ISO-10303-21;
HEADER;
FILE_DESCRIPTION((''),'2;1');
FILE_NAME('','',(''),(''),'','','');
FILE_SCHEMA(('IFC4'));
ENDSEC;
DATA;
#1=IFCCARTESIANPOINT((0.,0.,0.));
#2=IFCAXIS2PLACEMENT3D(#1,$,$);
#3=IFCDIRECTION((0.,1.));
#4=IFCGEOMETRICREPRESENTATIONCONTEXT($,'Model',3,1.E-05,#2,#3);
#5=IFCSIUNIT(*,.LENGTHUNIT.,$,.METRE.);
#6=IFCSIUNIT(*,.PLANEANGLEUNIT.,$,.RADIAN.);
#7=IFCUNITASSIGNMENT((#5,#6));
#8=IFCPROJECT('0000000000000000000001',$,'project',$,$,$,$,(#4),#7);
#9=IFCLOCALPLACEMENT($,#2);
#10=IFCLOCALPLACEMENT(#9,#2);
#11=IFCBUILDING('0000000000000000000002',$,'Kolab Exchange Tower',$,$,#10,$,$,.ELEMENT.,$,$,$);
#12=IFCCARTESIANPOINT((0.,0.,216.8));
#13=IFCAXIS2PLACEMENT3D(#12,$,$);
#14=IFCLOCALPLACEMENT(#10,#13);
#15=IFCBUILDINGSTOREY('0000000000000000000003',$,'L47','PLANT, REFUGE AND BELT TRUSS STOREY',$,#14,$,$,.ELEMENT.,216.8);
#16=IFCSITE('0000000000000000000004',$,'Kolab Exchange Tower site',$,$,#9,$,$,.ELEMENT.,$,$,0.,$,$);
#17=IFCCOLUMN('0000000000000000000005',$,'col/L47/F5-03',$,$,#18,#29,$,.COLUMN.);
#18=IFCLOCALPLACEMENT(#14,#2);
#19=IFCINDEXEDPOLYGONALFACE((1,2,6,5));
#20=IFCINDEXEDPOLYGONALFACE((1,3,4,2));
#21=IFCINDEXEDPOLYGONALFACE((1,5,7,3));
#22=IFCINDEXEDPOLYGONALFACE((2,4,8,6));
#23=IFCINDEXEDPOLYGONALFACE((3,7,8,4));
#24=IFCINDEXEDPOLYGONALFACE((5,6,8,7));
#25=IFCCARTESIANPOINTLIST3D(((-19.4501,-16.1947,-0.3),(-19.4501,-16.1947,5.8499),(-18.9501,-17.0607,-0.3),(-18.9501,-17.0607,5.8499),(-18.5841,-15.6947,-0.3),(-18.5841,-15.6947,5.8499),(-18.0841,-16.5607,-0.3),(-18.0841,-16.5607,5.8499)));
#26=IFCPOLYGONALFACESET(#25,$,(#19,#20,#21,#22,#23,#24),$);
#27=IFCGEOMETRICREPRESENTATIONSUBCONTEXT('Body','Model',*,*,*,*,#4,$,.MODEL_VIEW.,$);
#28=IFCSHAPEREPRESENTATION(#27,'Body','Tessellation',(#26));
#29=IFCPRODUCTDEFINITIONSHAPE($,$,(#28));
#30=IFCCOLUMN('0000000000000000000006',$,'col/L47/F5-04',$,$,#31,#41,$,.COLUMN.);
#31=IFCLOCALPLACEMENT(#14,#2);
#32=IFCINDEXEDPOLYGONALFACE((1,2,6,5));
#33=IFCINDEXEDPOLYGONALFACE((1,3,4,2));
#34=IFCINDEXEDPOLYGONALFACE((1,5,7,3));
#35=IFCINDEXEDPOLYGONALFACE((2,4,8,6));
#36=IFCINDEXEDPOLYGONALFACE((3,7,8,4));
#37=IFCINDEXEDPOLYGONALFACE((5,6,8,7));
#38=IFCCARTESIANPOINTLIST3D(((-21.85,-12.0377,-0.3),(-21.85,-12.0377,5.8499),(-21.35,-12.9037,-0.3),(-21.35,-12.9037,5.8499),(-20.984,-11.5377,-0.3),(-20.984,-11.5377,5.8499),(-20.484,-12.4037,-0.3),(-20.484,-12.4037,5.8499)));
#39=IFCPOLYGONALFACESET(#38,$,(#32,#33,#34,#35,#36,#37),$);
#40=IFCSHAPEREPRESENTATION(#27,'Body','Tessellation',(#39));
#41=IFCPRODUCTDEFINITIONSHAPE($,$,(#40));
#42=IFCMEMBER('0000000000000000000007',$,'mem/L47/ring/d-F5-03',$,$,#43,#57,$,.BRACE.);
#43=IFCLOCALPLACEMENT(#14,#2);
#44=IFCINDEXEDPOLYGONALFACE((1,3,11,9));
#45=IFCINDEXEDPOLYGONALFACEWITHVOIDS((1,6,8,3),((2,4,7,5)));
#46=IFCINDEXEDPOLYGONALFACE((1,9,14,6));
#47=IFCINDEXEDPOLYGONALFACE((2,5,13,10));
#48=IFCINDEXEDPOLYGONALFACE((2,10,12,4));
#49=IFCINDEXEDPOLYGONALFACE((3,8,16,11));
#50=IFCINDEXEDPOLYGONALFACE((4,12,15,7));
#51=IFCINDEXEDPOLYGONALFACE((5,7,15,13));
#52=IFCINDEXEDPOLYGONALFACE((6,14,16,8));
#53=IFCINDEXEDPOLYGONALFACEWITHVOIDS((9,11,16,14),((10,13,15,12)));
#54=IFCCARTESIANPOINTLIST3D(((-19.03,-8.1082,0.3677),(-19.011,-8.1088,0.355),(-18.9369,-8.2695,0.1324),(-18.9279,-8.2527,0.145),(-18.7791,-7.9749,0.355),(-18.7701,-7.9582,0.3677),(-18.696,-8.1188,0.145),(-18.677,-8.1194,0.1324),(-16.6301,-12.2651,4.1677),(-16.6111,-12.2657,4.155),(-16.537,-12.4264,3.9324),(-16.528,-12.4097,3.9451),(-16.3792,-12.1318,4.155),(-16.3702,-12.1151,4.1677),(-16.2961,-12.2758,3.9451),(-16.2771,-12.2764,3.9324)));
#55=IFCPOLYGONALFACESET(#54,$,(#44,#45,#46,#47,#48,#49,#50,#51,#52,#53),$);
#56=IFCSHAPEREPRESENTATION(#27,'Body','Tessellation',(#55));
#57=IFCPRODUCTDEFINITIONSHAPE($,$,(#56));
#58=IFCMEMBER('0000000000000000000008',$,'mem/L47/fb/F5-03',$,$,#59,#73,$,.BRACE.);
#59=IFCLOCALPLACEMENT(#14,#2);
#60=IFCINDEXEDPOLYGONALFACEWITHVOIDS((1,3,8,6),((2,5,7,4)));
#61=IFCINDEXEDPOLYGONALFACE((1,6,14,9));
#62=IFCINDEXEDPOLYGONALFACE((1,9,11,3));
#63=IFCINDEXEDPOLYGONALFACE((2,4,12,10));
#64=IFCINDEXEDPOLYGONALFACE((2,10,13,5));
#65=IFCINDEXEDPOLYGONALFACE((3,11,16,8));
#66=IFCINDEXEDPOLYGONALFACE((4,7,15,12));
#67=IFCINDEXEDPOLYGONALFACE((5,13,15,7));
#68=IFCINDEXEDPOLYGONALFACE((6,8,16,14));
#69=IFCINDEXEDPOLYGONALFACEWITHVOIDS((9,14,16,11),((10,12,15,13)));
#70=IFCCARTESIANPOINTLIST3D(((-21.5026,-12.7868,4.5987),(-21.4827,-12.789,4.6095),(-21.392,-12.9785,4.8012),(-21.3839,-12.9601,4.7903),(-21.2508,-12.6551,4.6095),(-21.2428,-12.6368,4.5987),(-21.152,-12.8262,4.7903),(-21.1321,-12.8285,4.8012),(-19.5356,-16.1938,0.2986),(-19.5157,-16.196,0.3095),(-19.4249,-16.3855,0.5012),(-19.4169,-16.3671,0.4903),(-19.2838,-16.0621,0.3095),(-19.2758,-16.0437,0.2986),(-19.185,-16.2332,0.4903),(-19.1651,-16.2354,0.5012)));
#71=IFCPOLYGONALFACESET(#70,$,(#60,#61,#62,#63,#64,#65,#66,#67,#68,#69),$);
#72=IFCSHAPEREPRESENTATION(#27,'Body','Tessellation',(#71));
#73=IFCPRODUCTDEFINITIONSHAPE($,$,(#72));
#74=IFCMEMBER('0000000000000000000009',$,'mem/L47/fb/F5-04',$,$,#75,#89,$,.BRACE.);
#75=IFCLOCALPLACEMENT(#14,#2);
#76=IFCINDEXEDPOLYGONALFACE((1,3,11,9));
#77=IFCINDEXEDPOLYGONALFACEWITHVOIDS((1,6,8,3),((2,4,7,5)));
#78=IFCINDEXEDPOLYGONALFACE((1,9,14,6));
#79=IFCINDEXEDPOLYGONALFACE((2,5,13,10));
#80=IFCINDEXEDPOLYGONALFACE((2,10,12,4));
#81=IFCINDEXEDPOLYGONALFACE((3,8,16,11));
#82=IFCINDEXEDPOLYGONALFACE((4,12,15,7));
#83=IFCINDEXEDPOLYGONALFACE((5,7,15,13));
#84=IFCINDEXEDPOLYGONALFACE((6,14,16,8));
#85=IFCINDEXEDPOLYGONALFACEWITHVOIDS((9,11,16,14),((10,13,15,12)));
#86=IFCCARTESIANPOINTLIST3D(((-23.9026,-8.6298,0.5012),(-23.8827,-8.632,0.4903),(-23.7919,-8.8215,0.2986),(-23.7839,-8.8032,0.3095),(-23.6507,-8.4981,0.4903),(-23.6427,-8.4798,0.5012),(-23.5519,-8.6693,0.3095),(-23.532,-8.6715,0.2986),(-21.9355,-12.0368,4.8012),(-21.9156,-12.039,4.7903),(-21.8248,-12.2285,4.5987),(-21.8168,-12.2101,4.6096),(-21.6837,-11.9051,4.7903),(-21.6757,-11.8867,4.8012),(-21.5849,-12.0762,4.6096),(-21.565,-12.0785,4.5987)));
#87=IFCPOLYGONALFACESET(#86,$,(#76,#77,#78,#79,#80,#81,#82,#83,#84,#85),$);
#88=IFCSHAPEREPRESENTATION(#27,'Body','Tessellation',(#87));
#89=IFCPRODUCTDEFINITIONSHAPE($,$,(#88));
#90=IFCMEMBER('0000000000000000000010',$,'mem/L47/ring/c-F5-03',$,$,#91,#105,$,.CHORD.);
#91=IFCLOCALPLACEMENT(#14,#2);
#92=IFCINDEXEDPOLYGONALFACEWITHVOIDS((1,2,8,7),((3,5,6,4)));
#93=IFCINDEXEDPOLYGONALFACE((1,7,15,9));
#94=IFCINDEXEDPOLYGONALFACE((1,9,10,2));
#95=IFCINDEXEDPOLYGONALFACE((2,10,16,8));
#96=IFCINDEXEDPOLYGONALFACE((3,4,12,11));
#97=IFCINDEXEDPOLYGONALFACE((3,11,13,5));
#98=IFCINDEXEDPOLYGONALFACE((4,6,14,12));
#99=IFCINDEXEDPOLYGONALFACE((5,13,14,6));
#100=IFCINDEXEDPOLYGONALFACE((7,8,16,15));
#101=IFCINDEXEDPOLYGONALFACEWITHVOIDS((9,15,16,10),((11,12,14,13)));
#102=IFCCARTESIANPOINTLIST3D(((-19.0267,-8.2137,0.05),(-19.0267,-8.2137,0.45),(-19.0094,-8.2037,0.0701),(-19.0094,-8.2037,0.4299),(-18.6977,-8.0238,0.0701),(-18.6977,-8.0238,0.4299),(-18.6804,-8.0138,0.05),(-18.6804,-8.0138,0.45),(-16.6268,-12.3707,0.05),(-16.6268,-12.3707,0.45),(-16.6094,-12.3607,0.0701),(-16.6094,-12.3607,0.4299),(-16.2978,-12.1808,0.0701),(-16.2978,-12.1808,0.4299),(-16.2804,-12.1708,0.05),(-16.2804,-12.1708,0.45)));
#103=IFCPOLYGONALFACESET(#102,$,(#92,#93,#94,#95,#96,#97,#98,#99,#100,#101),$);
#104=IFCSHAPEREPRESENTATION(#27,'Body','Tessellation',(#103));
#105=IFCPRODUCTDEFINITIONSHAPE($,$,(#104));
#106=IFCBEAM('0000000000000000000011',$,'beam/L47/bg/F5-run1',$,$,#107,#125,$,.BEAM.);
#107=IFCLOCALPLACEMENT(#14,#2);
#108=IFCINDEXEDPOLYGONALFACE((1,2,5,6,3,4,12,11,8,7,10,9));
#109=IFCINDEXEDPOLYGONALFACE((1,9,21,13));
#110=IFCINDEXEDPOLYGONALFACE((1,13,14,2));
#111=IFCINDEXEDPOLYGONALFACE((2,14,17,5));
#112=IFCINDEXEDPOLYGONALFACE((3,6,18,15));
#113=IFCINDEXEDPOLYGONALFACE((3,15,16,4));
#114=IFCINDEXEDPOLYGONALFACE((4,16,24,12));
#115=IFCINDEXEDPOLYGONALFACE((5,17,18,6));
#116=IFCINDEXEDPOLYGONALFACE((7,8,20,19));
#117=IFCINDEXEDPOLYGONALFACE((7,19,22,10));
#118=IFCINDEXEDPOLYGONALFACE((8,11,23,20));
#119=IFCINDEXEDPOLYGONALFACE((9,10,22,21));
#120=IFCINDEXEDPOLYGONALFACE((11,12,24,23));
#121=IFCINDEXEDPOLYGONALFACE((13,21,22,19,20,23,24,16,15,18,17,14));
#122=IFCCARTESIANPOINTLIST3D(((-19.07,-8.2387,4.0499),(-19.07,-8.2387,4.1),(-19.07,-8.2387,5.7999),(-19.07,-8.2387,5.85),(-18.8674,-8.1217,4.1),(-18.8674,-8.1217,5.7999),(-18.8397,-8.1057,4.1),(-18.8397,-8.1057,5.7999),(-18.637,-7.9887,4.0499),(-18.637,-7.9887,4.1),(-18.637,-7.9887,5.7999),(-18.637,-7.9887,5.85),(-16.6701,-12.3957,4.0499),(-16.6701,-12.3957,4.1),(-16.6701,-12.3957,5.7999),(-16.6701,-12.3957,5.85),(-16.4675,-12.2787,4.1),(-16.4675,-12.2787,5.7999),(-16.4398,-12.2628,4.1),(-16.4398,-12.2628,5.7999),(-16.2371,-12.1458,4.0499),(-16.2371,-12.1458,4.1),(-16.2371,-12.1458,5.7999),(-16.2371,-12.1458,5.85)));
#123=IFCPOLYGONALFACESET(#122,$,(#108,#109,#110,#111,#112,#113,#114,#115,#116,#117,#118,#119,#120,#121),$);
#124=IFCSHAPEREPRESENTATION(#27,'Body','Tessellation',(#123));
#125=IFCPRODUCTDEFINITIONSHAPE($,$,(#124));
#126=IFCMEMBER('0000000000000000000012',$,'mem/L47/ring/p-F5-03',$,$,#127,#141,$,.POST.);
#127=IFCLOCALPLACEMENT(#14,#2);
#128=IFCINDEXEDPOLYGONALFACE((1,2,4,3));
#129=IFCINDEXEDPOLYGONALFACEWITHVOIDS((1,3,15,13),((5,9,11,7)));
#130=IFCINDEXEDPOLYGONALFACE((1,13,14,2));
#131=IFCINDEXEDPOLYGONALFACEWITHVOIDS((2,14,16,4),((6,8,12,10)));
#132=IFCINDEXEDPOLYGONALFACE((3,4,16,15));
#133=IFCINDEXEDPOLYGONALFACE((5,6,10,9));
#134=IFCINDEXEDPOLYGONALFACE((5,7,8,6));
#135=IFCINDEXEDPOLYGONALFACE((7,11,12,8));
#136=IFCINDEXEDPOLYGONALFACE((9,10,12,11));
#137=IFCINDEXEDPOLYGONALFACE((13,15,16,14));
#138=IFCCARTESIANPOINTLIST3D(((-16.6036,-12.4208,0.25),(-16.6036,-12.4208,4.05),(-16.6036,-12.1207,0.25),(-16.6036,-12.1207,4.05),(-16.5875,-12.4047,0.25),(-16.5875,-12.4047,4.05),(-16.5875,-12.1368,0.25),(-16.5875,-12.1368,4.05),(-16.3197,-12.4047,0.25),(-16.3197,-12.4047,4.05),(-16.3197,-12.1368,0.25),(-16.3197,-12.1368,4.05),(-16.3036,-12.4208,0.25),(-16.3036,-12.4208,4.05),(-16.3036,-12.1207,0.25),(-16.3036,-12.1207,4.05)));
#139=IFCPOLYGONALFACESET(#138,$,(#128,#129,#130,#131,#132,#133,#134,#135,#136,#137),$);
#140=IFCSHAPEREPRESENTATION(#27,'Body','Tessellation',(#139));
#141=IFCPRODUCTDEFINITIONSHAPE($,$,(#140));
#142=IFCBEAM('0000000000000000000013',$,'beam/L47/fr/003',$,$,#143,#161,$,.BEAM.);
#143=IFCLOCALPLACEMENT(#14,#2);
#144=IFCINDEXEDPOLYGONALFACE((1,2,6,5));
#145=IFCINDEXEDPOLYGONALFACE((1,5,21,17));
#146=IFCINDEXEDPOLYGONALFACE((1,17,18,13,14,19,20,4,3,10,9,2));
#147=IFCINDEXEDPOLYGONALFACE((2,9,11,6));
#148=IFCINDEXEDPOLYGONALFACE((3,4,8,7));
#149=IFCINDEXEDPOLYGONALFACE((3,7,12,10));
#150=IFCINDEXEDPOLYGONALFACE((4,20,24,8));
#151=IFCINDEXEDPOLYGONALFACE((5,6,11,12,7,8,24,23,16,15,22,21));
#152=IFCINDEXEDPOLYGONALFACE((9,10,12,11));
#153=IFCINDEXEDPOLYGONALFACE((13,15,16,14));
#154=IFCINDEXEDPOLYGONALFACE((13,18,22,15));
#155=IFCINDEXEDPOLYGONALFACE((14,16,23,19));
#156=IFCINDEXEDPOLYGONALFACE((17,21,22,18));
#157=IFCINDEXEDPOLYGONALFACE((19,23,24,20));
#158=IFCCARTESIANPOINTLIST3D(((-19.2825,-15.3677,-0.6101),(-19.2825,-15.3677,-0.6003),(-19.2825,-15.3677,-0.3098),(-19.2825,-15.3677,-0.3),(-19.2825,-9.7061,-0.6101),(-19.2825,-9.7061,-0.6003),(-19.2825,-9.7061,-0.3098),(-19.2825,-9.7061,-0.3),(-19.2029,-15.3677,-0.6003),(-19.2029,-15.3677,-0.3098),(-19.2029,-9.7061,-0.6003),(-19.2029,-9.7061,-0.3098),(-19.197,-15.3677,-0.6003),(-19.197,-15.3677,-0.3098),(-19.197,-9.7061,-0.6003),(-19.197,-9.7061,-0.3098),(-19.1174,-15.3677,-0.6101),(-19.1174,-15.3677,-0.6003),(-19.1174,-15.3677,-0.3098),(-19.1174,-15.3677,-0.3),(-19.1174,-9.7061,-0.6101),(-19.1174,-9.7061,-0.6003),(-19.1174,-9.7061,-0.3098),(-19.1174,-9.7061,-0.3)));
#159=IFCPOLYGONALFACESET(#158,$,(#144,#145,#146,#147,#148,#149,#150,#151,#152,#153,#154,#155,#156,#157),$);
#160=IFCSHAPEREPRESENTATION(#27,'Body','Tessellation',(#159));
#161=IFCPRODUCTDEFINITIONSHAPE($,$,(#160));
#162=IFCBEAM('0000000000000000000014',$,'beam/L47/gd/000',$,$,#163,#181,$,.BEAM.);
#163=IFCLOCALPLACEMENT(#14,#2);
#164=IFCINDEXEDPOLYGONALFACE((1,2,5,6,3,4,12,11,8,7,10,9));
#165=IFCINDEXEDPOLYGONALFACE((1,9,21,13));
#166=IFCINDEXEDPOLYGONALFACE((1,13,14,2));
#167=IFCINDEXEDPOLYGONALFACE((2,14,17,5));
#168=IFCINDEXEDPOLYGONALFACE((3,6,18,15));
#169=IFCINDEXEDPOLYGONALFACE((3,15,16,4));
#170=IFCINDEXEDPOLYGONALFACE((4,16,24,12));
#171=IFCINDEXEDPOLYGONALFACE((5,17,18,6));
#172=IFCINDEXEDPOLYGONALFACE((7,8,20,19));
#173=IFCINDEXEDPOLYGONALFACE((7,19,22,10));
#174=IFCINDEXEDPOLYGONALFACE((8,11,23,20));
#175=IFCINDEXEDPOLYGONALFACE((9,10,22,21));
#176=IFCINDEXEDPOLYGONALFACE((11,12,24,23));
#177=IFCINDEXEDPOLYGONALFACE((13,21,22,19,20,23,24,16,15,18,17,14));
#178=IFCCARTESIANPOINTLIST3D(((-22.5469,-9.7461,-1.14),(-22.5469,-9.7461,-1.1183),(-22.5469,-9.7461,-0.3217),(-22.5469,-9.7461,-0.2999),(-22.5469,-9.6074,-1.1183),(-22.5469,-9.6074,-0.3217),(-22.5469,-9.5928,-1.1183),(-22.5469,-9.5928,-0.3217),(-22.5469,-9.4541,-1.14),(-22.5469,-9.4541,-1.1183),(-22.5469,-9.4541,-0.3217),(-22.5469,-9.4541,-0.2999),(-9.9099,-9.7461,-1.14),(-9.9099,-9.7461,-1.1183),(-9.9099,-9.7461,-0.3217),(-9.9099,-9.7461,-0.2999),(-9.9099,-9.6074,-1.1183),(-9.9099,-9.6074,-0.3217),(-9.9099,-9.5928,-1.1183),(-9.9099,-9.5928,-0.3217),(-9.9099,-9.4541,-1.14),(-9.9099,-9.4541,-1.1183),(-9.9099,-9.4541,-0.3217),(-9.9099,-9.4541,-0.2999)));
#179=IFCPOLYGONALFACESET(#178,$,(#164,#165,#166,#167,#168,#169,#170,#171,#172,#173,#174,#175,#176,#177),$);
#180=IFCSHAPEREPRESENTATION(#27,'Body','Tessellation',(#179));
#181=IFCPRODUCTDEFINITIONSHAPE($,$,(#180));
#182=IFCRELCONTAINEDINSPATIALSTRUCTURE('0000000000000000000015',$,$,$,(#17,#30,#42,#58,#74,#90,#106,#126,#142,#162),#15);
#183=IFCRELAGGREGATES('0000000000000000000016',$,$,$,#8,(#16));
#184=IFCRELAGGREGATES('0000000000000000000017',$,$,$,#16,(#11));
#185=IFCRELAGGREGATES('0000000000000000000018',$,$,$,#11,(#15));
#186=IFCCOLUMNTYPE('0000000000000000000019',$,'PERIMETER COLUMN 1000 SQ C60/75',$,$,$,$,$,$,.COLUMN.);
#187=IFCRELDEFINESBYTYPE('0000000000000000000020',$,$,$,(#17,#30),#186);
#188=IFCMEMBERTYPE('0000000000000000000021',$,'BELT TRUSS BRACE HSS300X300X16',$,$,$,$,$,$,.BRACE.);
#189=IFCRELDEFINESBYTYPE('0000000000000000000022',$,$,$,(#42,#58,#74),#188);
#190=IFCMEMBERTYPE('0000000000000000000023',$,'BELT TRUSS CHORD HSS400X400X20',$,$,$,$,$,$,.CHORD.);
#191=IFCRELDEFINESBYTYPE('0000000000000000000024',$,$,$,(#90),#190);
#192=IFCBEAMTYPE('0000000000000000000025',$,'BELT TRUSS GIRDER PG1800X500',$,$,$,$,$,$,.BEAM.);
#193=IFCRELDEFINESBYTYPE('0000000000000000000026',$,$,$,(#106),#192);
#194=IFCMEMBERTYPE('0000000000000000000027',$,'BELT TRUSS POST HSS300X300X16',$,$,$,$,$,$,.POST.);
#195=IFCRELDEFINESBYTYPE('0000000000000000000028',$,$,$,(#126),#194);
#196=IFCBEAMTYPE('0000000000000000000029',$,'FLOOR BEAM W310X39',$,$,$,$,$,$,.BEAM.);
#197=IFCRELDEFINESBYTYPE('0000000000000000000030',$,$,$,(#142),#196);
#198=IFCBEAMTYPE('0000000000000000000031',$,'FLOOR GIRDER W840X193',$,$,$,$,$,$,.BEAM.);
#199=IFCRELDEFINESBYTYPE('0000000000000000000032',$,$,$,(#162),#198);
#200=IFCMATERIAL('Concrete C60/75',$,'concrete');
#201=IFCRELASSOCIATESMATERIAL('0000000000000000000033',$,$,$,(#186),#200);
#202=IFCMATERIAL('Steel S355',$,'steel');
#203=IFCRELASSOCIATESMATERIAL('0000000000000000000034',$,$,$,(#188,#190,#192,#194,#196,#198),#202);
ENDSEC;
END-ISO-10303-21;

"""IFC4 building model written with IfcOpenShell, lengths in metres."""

from ifc_helpers import new_model, si_unit, direction, frame, origin, origin_2d, place, context, subcontext, project, spatial, rectangle, hollow_rectangle, i_section, extrude, material, material_profile, profile_set, type_object, element, save


model = new_model("IFC4")

# Units and contexts
model_context = context("Model", 3, precision=1e-05, world=origin(), true_north=direction((0.0, 1.0)))
body_context = subcontext(model_context, "Body", "Model", "MODEL_VIEW")
ifc_project = project(units=[si_unit("LENGTHUNIT", "METRE"), si_unit("PLANEANGLEUNIT", "RADIAN")], contexts=[model_context])

# Site, building, storey
site_placement = place(None, origin())
site = spatial("IfcSite", under=ifc_project, at=site_placement, Name="Kolab Exchange Tower site", CompositionType="ELEMENT", RefElevation=0.0)
building_placement = place(site_placement, origin())
building = spatial("IfcBuilding", under=site, at=building_placement, Name="Kolab Exchange Tower", CompositionType="ELEMENT")
storey_placement = place(building_placement, frame((0.0, 0.0, 216.8)))
storey = spatial("IfcBuildingStorey", under=building, at=storey_placement, Name="L47", Description="PLANT, REFUGE AND BELT TRUSS STOREY", CompositionType="ELEMENT", Elevation=216.8)

# Columns
ifc_material_1 = material(Name="Concrete C60/75", Category="concrete")
ifc_material_profile_1 = material_profile(ifc_material_1, rectangle(XDim=1.0, YDim=1.0, at=origin_2d()), Name="RC1000")
ifc_profile_set_1 = profile_set([ifc_material_profile_1], Name="Concrete C60/75")
column_type = type_object("IfcColumnType", Name="PERIMETER COLUMN 1000 SQ C60/75", PredefinedType="COLUMN", material=ifc_profile_set_1)
for number, where, z_axis, x_axis, name in (
    (1, (-18.7671, -16.3777, -0.3), (0.0, 0.0, 1.0), (0.866025, 0.5, 0.0), "col/L47/F5-03"),
    (2, (-21.167, -12.2207, -0.3), (0.0, 0.0, 1.0), (0.866025, 0.5, 0.0), "col/L47/F5-04"),
):
    element("IfcColumn", number, at=place(storey_placement, frame(where, z_axis=z_axis, x_axis=x_axis)), inside=storey, type_object=column_type, Name=name, PredefinedType="COLUMN", context=body_context, shape_type="SweptSolid", body=[
        extrude(rectangle(XDim=1.0, YDim=1.0, at=origin_2d()), origin(), (0.0, 0.0, 1.0), 6.1499),
    ])

# Members
ifc_material_2 = material(Name="Steel S355", Category="steel")
ifc_material_profile_2 = material_profile(ifc_material_2, hollow_rectangle(XDim=0.3, YDim=0.3, WallThickness=0.0161, at=origin_2d()), Name="HSS300X300X16")
ifc_profile_set_2 = profile_set([ifc_material_profile_2], Name="Steel S355")
member_type_1 = type_object("IfcMemberType", Name="BELT TRUSS BRACE HSS300X300X16", PredefinedType="BRACE", material=ifc_profile_set_2)
member_1_placement = place(storey_placement, frame((-16.4536, -12.2708, 4.05), z_axis=(-0.392005, 0.67901, -0.620708), x_axis=(-0.866037, -0.499979, 0.0)))
element("IfcMember", 3, at=member_1_placement, inside=storey, type_object=member_type_1, Name="mem/L47/ring/d-F5-03", PredefinedType="BRACE", context=body_context, shape_type="SweptSolid", body=[
    extrude(hollow_rectangle(XDim=0.3, YDim=0.3, WallThickness=0.0161, at=origin_2d()), origin(), (0.0, 0.0, 1.0), 6.1221),
])
for number, where, z_axis, x_axis, name in (
    (4, (-19.3503, -16.2146, 0.3999), (-0.337508, 0.584575, 0.737808), (-0.866023, -0.500004, 0.0), "mem/L47/fb/F5-03"),
    (5, (-21.7502, -12.0576, 4.7), (-0.337508, 0.584575, -0.737808), (-0.866023, -0.500004, 0.0), "mem/L47/fb/F5-04"),
):
    element("IfcMember", number, at=place(storey_placement, frame(where, z_axis=z_axis, x_axis=x_axis)), inside=storey, type_object=member_type_1, Name=name, PredefinedType="BRACE", context=body_context, shape_type="SweptSolid", body=[
        extrude(hollow_rectangle(XDim=0.3, YDim=0.3, WallThickness=0.0161, at=origin_2d()), origin(), (0.0, 0.0, 1.0), 5.8281),
    ])
ifc_material_profile_3 = material_profile(ifc_material_2, hollow_rectangle(XDim=0.3999, YDim=0.3999, WallThickness=0.02, at=origin_2d()), Name="HSS400X400X20")
ifc_profile_set_3 = profile_set([ifc_material_profile_3], Name="Steel S355")
member_type_2 = type_object("IfcMemberType", Name="BELT TRUSS CHORD HSS400X400X20", PredefinedType="CHORD", material=ifc_profile_set_3)
member_2_placement = place(storey_placement, frame((-16.4536, -12.2708, 0.25), z_axis=(-0.499979, 0.866037, 0.0), x_axis=(-0.866037, -0.499979, 0.0)))
element("IfcMember", 6, at=member_2_placement, inside=storey, type_object=member_type_2, Name="mem/L47/ring/c-F5-03", PredefinedType="CHORD", context=body_context, shape_type="SweptSolid", body=[
    extrude(hollow_rectangle(XDim=0.3999, YDim=0.3999, WallThickness=0.02, at=origin_2d()), origin(), (0.0, 0.0, 1.0), 4.8),
])

# Beam
ifc_material_profile_4 = material_profile(ifc_material_2, i_section(OverallWidth=0.5, OverallDepth=1.8, WebThickness=0.032, FlangeThickness=0.05, at=origin_2d()), Name="PG1800X500")
ifc_profile_set_4 = profile_set([ifc_material_profile_4], Name="Steel S355")
beam_type_1 = type_object("IfcBeamType", Name="BELT TRUSS GIRDER PG1800X500", PredefinedType="BEAM", material=ifc_profile_set_4)
beam_1_placement = place(storey_placement, frame((-16.4536, -12.2708, 4.95), z_axis=(-0.499979, 0.866037, 0.0), x_axis=(-0.866037, -0.499979, 0.0)))
element("IfcBeam", 7, at=beam_1_placement, inside=storey, type_object=beam_type_1, Name="beam/L47/bg/F5-run1", PredefinedType="BEAM", context=body_context, shape_type="SweptSolid", body=[
    extrude(i_section(OverallWidth=0.5, OverallDepth=1.8, WebThickness=0.032, FlangeThickness=0.05, at=origin_2d()), origin(), (0.0, 0.0, 1.0), 4.8),
])

# Member
ifc_material_profile_5 = material_profile(ifc_material_2, hollow_rectangle(XDim=0.3, YDim=0.3, WallThickness=0.0161, at=origin_2d()), Name="HSS300X300X16")
ifc_profile_set_5 = profile_set([ifc_material_profile_5], Name="Steel S355")
member_type_3 = type_object("IfcMemberType", Name="BELT TRUSS POST HSS300X300X16", PredefinedType="POST", material=ifc_profile_set_5)
member_3_placement = place(storey_placement, frame((-16.4536, -12.2708, 0.25), z_axis=(0.0, 0.0, 1.0), x_axis=(1.0, 0.0, 0.0)))
element("IfcMember", 8, at=member_3_placement, inside=storey, type_object=member_type_3, Name="mem/L47/ring/p-F5-03", PredefinedType="POST", context=body_context, shape_type="SweptSolid", body=[
    extrude(hollow_rectangle(XDim=0.3, YDim=0.3, WallThickness=0.0161, at=origin_2d()), origin(), (0.0, 0.0, 1.0), 3.8),
])

# Beams
ifc_material_profile_6 = material_profile(ifc_material_2, i_section(OverallWidth=0.165, OverallDepth=0.3101, WebThickness=0.0059, FlangeThickness=0.0098, at=origin_2d()), Name="W310X39")
ifc_profile_set_6 = profile_set([ifc_material_profile_6], Name="Steel S355")
beam_type_2 = type_object("IfcBeamType", Name="FLOOR BEAM W310X39", PredefinedType="BEAM", material=ifc_profile_set_6)
beam_2_placement = place(storey_placement, frame((-19.2, -15.3677, -0.4551), z_axis=(0.0, 1.0, 0.0), x_axis=(-1.0, 0.0, 0.0)))
element("IfcBeam", 9, at=beam_2_placement, inside=storey, type_object=beam_type_2, Name="beam/L47/fr/003", PredefinedType="BEAM", context=body_context, shape_type="SweptSolid", body=[
    extrude(i_section(OverallWidth=0.165, OverallDepth=0.3101, WebThickness=0.0059, FlangeThickness=0.0098, at=origin_2d()), origin(), (0.0, 0.0, 1.0), 5.6616),
])
ifc_material_profile_7 = material_profile(ifc_material_2, i_section(OverallWidth=0.292, OverallDepth=0.8401, WebThickness=0.0146, FlangeThickness=0.0217, at=origin_2d()), Name="W840X193")
ifc_profile_set_7 = profile_set([ifc_material_profile_7], Name="Steel S355")
beam_type_3 = type_object("IfcBeamType", Name="FLOOR GIRDER W840X193", PredefinedType="BEAM", material=ifc_profile_set_7)
beam_3_placement = place(storey_placement, frame((-22.5469, -9.6001, -0.72), z_axis=(1.0, 0.0, 0.0), x_axis=(0.0, 1.0, 0.0)))
element("IfcBeam", 10, at=beam_3_placement, inside=storey, type_object=beam_type_3, Name="beam/L47/gd/000", PredefinedType="BEAM", context=body_context, shape_type="SweptSolid", body=[
    extrude(i_section(OverallWidth=0.292, OverallDepth=0.8401, WebThickness=0.0146, FlangeThickness=0.0217, at=origin_2d()), origin(), (0.0, 0.0, 1.0), 12.637),
])

save(model, "model.ifc")
